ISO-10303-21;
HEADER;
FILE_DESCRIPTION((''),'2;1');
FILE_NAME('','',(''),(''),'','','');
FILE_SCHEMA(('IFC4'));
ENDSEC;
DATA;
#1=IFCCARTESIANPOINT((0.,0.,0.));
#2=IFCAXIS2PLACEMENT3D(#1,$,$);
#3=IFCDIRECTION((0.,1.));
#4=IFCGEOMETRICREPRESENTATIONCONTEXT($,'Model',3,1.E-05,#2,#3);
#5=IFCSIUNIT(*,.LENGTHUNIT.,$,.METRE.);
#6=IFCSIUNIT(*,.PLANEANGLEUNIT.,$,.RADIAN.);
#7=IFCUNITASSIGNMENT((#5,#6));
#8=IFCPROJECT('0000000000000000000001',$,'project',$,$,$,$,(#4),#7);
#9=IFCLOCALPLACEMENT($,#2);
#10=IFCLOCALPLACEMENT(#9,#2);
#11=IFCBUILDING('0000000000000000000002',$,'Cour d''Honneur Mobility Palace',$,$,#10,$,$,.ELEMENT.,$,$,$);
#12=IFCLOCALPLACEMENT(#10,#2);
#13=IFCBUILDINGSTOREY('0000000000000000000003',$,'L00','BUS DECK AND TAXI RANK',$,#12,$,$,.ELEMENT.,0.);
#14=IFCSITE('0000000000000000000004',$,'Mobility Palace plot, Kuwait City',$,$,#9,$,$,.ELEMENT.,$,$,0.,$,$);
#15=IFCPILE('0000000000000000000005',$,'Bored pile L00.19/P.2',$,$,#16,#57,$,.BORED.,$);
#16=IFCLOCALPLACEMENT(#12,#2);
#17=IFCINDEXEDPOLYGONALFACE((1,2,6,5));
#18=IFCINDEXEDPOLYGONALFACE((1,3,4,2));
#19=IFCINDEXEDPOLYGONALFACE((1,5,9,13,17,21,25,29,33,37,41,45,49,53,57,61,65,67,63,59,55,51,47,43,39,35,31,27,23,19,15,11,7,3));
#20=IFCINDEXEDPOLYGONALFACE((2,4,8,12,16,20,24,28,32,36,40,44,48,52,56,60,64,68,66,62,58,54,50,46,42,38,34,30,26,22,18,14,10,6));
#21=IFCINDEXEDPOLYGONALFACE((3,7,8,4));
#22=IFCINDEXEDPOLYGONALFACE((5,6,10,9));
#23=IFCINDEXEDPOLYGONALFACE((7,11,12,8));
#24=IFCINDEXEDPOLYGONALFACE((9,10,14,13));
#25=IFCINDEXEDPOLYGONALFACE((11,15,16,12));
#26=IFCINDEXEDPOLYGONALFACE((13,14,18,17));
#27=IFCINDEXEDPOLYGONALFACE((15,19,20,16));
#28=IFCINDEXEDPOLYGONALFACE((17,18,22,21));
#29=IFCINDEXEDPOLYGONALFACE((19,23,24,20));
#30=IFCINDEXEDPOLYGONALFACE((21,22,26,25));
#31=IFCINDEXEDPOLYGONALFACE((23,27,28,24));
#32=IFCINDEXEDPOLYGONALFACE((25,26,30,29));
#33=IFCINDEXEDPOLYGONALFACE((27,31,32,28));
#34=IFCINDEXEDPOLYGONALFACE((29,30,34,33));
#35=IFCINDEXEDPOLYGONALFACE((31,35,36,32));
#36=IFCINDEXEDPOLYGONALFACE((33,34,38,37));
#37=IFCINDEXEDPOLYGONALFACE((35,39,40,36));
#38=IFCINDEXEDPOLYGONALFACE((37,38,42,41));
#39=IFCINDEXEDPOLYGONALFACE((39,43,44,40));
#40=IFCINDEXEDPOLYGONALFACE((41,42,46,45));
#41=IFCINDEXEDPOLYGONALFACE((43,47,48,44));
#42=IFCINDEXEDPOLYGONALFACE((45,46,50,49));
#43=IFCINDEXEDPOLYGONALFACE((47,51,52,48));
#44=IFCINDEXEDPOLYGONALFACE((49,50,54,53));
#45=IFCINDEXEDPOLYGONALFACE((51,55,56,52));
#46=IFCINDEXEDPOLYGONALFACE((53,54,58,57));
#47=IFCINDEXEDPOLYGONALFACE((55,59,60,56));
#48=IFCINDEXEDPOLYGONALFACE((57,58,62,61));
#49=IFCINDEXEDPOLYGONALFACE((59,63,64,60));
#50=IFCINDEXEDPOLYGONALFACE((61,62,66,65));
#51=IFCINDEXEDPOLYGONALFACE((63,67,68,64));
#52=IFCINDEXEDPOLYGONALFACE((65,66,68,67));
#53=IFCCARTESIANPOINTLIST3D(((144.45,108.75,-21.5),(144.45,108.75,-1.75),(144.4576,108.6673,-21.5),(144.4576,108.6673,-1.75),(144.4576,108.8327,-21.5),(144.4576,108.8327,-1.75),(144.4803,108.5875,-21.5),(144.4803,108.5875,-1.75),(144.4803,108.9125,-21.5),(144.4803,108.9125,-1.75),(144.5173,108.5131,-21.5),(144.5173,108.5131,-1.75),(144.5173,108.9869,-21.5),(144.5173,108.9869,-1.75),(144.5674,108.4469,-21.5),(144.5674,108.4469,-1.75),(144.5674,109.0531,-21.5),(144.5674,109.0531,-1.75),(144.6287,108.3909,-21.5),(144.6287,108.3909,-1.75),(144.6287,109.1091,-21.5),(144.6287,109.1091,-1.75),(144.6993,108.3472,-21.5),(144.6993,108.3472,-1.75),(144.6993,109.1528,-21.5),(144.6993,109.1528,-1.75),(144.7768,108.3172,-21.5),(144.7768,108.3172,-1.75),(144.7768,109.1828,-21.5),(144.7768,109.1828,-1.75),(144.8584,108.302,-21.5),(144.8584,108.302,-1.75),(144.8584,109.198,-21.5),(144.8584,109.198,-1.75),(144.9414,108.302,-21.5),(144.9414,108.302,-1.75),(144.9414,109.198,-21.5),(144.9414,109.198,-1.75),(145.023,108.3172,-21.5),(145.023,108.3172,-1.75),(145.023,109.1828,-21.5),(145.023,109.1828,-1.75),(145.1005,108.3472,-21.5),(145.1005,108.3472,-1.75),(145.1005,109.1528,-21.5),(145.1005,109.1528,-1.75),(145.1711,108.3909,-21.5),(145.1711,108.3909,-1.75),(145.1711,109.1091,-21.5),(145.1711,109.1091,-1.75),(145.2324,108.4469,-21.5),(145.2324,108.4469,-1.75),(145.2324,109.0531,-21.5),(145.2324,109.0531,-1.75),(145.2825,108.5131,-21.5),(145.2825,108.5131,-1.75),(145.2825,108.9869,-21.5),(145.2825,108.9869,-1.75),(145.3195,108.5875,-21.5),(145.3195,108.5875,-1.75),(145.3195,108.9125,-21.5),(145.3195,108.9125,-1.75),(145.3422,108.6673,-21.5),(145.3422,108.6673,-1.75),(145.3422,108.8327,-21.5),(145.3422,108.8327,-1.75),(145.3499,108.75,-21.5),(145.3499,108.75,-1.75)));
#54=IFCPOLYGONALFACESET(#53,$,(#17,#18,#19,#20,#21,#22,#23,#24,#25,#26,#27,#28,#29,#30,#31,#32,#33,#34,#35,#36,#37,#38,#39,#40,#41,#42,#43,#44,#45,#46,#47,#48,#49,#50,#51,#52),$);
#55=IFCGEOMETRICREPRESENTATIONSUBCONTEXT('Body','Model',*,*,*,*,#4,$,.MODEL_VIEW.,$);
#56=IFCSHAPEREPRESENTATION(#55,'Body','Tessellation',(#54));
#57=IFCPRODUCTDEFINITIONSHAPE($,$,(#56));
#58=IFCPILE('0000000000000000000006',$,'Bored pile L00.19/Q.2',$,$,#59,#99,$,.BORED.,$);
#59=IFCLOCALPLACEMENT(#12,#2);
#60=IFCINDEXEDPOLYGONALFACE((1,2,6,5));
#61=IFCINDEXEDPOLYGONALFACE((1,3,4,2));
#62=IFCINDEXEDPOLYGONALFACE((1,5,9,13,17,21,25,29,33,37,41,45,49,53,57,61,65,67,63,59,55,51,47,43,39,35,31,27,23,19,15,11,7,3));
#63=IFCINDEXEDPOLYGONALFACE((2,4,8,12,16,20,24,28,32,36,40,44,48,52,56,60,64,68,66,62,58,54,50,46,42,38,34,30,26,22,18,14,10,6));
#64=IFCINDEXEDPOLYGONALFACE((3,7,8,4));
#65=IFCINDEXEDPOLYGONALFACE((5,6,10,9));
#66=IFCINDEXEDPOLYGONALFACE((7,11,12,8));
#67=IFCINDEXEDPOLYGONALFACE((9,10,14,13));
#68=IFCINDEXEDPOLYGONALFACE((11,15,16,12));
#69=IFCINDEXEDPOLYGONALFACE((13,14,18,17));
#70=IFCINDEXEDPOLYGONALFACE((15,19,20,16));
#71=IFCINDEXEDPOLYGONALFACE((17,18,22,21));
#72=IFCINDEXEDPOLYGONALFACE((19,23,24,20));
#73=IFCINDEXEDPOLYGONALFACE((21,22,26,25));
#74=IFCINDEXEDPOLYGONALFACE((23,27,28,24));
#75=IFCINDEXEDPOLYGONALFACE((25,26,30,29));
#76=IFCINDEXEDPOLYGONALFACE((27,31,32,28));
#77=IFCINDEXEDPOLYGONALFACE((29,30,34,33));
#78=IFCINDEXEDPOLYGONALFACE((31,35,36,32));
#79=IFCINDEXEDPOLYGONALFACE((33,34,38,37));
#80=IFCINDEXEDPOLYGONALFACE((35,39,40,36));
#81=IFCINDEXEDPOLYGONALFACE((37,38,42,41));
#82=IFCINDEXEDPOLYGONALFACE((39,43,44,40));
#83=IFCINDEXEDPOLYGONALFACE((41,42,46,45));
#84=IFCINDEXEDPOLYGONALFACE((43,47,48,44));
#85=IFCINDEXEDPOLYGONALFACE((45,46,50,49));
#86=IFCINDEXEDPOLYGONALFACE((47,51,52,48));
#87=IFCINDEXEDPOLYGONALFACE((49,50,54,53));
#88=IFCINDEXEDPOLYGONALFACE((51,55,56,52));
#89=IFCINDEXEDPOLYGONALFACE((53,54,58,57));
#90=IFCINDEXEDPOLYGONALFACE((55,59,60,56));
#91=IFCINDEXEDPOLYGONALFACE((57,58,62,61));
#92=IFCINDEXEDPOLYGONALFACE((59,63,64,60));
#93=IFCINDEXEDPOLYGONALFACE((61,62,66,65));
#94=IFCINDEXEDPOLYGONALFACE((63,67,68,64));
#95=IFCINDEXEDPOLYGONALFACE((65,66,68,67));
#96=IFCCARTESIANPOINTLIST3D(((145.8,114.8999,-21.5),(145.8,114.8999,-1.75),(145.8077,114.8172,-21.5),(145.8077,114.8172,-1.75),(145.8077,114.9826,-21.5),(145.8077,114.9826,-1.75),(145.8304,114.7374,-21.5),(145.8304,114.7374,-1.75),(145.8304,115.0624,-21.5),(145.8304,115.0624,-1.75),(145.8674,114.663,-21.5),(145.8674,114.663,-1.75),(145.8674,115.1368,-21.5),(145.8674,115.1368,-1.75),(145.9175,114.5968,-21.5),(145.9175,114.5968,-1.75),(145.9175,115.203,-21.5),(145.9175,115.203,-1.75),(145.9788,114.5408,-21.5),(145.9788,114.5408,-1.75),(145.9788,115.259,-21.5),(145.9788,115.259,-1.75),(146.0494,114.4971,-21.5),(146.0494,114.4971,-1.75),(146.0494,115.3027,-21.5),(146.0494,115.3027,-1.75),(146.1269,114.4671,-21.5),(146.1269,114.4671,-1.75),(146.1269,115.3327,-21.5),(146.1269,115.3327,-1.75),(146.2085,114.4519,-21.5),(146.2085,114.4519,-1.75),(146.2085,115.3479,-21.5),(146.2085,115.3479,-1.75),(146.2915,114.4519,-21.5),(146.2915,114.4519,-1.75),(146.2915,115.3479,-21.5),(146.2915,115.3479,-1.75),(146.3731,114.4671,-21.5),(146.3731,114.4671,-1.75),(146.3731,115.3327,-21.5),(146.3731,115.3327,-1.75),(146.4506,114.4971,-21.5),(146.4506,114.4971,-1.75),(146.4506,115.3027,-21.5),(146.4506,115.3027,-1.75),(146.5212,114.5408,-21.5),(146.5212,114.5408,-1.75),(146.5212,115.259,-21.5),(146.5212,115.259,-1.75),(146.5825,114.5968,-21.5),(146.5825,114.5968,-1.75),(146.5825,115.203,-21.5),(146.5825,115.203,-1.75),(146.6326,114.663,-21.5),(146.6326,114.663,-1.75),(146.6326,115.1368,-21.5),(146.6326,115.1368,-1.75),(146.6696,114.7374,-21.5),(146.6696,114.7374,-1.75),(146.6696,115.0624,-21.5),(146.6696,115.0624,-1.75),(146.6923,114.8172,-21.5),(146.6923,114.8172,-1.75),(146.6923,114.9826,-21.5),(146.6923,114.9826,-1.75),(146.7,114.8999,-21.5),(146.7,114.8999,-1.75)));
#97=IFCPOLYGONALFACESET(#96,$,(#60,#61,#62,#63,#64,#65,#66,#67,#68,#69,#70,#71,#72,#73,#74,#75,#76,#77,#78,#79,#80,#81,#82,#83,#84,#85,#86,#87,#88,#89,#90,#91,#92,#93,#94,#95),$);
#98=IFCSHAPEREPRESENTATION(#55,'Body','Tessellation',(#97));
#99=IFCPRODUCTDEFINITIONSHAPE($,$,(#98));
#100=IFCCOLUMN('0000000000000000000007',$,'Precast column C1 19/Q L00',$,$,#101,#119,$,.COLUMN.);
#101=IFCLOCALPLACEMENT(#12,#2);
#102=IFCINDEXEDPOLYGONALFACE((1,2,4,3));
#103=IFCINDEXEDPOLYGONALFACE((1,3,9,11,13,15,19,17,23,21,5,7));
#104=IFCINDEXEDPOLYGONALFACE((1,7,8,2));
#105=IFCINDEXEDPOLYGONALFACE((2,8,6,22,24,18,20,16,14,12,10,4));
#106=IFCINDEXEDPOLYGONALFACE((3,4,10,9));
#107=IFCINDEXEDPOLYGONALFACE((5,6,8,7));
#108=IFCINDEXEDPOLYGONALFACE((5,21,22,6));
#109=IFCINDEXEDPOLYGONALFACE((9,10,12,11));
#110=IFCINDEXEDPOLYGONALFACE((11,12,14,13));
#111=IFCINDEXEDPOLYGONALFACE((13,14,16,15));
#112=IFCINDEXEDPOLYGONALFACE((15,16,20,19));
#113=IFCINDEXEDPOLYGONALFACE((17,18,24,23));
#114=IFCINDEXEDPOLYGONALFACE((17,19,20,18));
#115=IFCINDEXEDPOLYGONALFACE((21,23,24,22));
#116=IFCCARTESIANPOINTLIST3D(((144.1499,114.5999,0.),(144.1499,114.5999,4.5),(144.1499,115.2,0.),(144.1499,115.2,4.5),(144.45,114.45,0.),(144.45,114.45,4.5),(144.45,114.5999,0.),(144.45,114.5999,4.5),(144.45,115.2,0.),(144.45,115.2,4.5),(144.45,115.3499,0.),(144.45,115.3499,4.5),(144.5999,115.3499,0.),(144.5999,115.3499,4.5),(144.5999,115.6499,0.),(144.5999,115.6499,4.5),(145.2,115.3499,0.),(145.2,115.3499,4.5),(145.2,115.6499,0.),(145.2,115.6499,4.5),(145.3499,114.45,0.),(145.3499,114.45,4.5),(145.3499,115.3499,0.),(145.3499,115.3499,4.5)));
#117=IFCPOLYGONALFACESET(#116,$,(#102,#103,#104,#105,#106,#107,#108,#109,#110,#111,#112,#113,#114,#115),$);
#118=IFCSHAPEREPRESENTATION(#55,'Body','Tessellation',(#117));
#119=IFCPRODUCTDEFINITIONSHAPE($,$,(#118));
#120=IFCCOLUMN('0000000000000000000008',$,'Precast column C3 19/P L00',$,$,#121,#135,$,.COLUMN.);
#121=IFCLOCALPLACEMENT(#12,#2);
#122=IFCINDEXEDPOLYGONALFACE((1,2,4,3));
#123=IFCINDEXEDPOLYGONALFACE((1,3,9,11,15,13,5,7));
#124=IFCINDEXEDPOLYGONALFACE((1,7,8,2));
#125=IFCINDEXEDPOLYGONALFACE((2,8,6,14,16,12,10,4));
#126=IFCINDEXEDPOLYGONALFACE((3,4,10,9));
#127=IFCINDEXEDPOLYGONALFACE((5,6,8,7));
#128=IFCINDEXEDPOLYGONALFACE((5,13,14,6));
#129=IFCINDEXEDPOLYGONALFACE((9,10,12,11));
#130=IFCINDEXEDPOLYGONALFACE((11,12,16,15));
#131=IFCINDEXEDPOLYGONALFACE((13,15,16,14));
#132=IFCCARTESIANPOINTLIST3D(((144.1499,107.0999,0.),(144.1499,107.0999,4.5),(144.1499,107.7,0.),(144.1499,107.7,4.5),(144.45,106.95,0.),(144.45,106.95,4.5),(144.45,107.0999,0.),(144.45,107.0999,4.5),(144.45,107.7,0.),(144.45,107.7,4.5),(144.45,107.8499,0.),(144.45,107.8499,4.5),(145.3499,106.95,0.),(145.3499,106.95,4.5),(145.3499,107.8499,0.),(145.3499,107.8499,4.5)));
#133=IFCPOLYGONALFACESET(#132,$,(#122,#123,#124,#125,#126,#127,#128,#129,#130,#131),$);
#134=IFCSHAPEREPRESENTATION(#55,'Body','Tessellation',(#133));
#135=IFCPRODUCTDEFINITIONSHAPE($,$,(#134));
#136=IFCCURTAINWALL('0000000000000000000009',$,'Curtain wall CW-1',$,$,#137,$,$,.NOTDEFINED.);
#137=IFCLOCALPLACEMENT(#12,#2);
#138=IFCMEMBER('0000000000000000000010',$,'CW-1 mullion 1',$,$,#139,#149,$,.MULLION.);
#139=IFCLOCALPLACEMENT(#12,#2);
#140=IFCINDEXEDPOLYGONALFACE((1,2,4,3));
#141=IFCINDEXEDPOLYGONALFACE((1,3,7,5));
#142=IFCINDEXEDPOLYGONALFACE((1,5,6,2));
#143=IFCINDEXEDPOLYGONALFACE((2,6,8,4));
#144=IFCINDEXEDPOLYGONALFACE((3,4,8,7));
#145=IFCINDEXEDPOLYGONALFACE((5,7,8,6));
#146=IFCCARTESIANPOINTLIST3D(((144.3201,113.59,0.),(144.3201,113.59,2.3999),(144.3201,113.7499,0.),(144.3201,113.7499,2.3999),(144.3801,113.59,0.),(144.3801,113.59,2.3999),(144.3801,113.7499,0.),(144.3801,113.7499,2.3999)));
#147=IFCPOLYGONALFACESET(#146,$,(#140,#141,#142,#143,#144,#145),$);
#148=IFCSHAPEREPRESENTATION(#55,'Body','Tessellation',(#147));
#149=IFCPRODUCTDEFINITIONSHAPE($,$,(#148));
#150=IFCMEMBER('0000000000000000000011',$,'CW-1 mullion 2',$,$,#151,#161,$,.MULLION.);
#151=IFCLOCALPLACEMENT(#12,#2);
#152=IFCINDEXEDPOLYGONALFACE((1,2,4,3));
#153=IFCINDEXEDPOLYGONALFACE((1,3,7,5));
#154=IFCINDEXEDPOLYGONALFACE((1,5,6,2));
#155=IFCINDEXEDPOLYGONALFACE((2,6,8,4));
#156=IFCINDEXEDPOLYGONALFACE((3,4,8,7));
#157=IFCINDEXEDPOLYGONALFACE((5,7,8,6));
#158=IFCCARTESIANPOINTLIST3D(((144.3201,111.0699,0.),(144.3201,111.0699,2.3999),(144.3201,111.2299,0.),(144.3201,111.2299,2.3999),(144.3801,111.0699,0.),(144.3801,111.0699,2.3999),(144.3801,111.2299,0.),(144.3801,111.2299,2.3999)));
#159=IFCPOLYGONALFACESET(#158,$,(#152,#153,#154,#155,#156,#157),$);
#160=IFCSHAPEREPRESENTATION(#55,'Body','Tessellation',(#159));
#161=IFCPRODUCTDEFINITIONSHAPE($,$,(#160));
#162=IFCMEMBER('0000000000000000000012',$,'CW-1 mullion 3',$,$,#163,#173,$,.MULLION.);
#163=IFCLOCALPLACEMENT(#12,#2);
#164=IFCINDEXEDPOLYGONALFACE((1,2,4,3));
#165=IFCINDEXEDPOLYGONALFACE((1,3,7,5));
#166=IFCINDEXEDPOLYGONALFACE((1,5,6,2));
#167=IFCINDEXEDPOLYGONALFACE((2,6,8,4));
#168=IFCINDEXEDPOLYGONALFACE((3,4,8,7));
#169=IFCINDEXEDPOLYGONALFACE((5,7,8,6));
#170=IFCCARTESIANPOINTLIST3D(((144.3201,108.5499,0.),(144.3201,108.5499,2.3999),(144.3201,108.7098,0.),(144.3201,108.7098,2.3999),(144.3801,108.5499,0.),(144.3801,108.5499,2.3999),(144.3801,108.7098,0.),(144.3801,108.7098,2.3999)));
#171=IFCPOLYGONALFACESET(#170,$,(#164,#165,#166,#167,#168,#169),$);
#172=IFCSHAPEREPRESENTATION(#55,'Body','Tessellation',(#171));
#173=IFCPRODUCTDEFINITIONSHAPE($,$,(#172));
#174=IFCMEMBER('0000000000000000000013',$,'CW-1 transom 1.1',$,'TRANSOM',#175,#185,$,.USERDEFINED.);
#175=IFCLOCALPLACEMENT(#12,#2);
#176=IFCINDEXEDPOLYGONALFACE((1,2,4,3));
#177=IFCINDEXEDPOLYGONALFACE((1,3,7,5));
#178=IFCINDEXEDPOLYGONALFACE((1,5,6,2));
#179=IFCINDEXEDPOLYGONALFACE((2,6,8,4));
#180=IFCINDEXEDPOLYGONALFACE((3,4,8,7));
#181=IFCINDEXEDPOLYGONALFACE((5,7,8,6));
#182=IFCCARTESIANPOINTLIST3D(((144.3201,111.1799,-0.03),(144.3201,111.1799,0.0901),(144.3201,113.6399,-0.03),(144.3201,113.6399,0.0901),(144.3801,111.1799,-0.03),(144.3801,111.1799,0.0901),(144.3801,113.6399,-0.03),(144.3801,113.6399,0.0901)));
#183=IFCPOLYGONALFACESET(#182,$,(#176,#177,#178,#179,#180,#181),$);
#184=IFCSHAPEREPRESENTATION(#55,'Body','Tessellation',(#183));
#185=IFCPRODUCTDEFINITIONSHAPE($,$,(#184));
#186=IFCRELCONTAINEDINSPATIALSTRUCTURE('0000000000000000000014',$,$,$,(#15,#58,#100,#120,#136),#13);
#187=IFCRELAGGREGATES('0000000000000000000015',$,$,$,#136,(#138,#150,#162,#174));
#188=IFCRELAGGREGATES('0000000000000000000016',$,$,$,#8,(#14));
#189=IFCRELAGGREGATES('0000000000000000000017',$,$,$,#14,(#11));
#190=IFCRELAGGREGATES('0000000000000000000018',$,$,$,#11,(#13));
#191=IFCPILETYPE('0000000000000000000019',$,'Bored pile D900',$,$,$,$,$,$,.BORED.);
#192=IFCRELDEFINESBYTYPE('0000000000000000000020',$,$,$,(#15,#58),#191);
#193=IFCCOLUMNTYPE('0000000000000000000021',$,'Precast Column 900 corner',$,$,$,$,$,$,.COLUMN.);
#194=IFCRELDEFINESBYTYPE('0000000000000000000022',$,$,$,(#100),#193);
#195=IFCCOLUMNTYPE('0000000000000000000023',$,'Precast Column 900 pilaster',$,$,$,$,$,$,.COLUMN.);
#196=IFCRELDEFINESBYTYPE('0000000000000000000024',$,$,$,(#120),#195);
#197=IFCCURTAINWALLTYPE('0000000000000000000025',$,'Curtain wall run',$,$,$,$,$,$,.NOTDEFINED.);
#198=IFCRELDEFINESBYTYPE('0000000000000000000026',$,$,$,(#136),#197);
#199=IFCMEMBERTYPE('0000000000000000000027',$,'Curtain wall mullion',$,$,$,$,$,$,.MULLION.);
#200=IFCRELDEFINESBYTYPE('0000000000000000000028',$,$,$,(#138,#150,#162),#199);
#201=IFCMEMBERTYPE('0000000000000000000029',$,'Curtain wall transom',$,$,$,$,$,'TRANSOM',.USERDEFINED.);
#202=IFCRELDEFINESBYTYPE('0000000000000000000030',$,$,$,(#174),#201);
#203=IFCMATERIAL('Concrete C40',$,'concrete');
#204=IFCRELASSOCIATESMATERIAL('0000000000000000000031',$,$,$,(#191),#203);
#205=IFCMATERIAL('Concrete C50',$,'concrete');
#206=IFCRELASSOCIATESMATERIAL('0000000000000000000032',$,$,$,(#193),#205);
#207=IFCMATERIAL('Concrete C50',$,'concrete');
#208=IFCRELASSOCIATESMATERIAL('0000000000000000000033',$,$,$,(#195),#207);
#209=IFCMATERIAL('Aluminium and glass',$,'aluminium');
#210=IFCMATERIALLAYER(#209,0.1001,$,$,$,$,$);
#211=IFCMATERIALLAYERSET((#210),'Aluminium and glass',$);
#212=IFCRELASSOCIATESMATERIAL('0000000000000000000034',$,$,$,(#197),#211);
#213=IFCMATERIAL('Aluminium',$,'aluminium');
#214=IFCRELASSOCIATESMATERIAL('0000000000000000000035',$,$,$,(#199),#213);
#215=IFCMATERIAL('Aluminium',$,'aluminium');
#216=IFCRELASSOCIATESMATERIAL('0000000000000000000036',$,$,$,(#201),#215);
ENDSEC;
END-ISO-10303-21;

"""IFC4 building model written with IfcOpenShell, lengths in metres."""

from ifc_helpers import new_model, si_unit, direction, frame, origin, origin_2d, place, context, subcontext, project, spatial, polyline, rectangle, circle, outline, extrude, material, layer, layer_set, material_profile, profile_set, type_object, element, aggregate, save


model = new_model("IFC4")

# Units and contexts
model_context = context("Model", 3, precision=1e-05, world=origin(), true_north=direction((0.0, 1.0)))
body_context = subcontext(model_context, "Body", "Model", "MODEL_VIEW")
ifc_project = project(units=[si_unit("LENGTHUNIT", "METRE"), si_unit("PLANEANGLEUNIT", "RADIAN")], contexts=[model_context])

# Site, building, storey
site_placement = place(None, origin())
site = spatial("IfcSite", under=ifc_project, at=site_placement, Name="Mobility Palace plot, Kuwait City", CompositionType="ELEMENT", RefElevation=0.0)
building_placement = place(site_placement, origin())
building = spatial("IfcBuilding", under=site, at=building_placement, Name="Cour d'Honneur Mobility Palace", CompositionType="ELEMENT")
storey_placement = place(building_placement, origin())
storey = spatial("IfcBuildingStorey", under=building, at=storey_placement, Name="L00", Description="BUS DECK AND TAXI RANK", CompositionType="ELEMENT", Elevation=0.0)

# Piles
ifc_material_1 = material(Name="Concrete C40", Category="concrete")
ifc_material_profile_1 = material_profile(ifc_material_1, circle(Radius=0.45, at=origin_2d()), Name="Bored pile D900")
ifc_profile_set_1 = profile_set([ifc_material_profile_1], Name="Concrete C40")
pile_type = type_object("IfcPileType", Name="Bored pile D900", PredefinedType="BORED", material=ifc_profile_set_1)
for number, where, z_axis, x_axis, name in (
    (1, (144.8999, 108.75, -1.75), (0.0, 0.0, -1.0), (1.0, 0.0, 0.0), "Bored pile L00.19/P.2"),
    (2, (146.25, 114.8999, -1.75), (0.0, 0.0, -1.0), (1.0, 0.0, 0.0), "Bored pile L00.19/Q.2"),
):
    element("IfcPile", number, at=place(storey_placement, frame(where, z_axis=z_axis, x_axis=x_axis)), inside=storey, type_object=pile_type, Name=name, PredefinedType="BORED", context=body_context, shape_type="SweptSolid", body=[
        extrude(circle(Radius=0.45, at=origin_2d()), origin(), (0.0, 0.0, 1.0), 19.75),
    ])

# Columns
ifc_material_2 = material(Name="Concrete C50", Category="concrete")
ifc_material_profile_2 = material_profile(ifc_material_2, outline(polyline([(-0.45, -0.45), (0.45, -0.45), (0.45, -0.3), (0.75, -0.3), (0.75, 0.3), (0.45, 0.3), (0.45, 0.45), (0.3, 0.45), (0.3, 0.75), (-0.3, 0.75), (-0.3, 0.45), (-0.45, 0.45), (-0.45, -0.45)])), Name="PC C900 corner")
ifc_profile_set_2 = profile_set([ifc_material_profile_2], Name="Concrete C50")
column_type_1 = type_object("IfcColumnType", Name="Precast Column 900 corner", PredefinedType="COLUMN", material=ifc_profile_set_2)
column_1_placement = place(storey_placement, frame((144.8999, 114.8999, 0.0), z_axis=(0.0, 0.0, 1.0), x_axis=(0.0, 1.0, 0.0)))
element("IfcColumn", 3, at=column_1_placement, inside=storey, type_object=column_type_1, Name="Precast column C1 19/Q L00", PredefinedType="COLUMN", context=body_context, shape_type="SweptSolid", body=[
    extrude(outline(polyline([(-0.45, -0.45), (0.45, -0.45), (0.45, -0.3), (0.75, -0.3), (0.75, 0.3), (0.45, 0.3), (0.45, 0.45), (0.3, 0.45), (0.3, 0.75), (-0.3, 0.75), (-0.3, 0.45), (-0.45, 0.45), (-0.45, -0.45)])), origin(), (0.0, 0.0, 1.0), 4.5),
])
ifc_material_3 = material(Name="Concrete C50", Category="concrete")
ifc_material_profile_3 = material_profile(ifc_material_3, outline(polyline([(-0.45, -0.45), (0.45, -0.45), (0.45, -0.3), (0.75, -0.3), (0.75, 0.3), (0.45, 0.3), (0.45, 0.45), (-0.45, 0.45), (-0.45, -0.45)])), Name="PC C900 pilaster")
ifc_profile_set_3 = profile_set([ifc_material_profile_3], Name="Concrete C50")
column_type_2 = type_object("IfcColumnType", Name="Precast Column 900 pilaster", PredefinedType="COLUMN", material=ifc_profile_set_3)
column_2_placement = place(storey_placement, frame((144.8999, 107.3999, 0.0), z_axis=(0.0, 0.0, 1.0), x_axis=(-1.0, 0.0, 0.0)))
element("IfcColumn", 4, at=column_2_placement, inside=storey, type_object=column_type_2, Name="Precast column C3 19/P L00", PredefinedType="COLUMN", context=body_context, shape_type="SweptSolid", body=[
    extrude(outline(polyline([(-0.45, -0.45), (0.45, -0.45), (0.45, -0.3), (0.75, -0.3), (0.75, 0.3), (0.45, 0.3), (0.45, 0.45), (-0.45, 0.45), (-0.45, -0.45)])), origin(), (0.0, 0.0, 1.0), 4.5),
])

# Curtain wall, members
ifc_material_4 = material(Name="Aluminium and glass", Category="aluminium")
ifc_layer_1 = layer(ifc_material_4, 0.1001)
ifc_layer_set_1 = layer_set([ifc_layer_1], Name="Aluminium and glass")
curtain_wall_type = type_object("IfcCurtainWallType", Name="Curtain wall run", PredefinedType="NOTDEFINED", material=ifc_layer_set_1)
curtain_wall_placement = place(storey_placement, origin())
curtain_wall = element("IfcCurtainWall", 5, at=curtain_wall_placement, inside=storey, type_object=curtain_wall_type, Name="Curtain wall CW-1", PredefinedType="NOTDEFINED")
ifc_material_5 = material(Name="Aluminium", Category="aluminium")
ifc_material_profile_4 = material_profile(ifc_material_5, rectangle(XDim=0.0601, YDim=0.1599, at=origin_2d()), Name="Curtain wall mullion")
ifc_profile_set_4 = profile_set([ifc_material_profile_4], Name="Aluminium")
member_type_1 = type_object("IfcMemberType", Name="Curtain wall mullion", PredefinedType="MULLION", material=ifc_profile_set_4)
member_1_placement = place(storey_placement, frame((144.3501, 113.6699, 0.0), z_axis=(0.0, 0.0, 1.0), x_axis=(1.0, 0.0, 0.0)))
member_1 = element("IfcMember", 6, at=member_1_placement, type_object=member_type_1, Name="CW-1 mullion 1", PredefinedType="MULLION", context=body_context, shape_type="SweptSolid", body=[
    extrude(rectangle(XDim=0.0601, YDim=0.1599, at=origin_2d()), origin(), (0.0, 0.0, 1.0), 2.3999),
])
member_2_placement = place(storey_placement, frame((144.3501, 111.1499, 0.0), z_axis=(0.0, 0.0, 1.0), x_axis=(1.0, 0.0, 0.0)))
member_2 = element("IfcMember", 7, at=member_2_placement, type_object=member_type_1, Name="CW-1 mullion 2", PredefinedType="MULLION", context=body_context, shape_type="SweptSolid", body=[
    extrude(rectangle(XDim=0.0601, YDim=0.1599, at=origin_2d()), origin(), (0.0, 0.0, 1.0), 2.3999),
])
member_3_placement = place(storey_placement, frame((144.3501, 108.6299, 0.0), z_axis=(0.0, 0.0, 1.0), x_axis=(1.0, 0.0, 0.0)))
member_3 = element("IfcMember", 8, at=member_3_placement, type_object=member_type_1, Name="CW-1 mullion 3", PredefinedType="MULLION", context=body_context, shape_type="SweptSolid", body=[
    extrude(rectangle(XDim=0.0601, YDim=0.1599, at=origin_2d()), origin(), (0.0, 0.0, 1.0), 2.3999),
])
ifc_material_6 = material(Name="Aluminium", Category="aluminium")
ifc_material_profile_5 = material_profile(ifc_material_6, rectangle(XDim=0.0601, YDim=0.1201, at=origin_2d()), Name="Curtain wall transom")
ifc_profile_set_5 = profile_set([ifc_material_profile_5], Name="Aluminium")
member_type_2 = type_object("IfcMemberType", Name="Curtain wall transom", ElementType="TRANSOM", PredefinedType="USERDEFINED", material=ifc_profile_set_5)
member_4_placement = place(storey_placement, frame((144.3501, 113.6399, 0.03), z_axis=(0.0, -1.0, 0.0), x_axis=(1.0, 0.0, 0.0)))
member_4 = element("IfcMember", 9, at=member_4_placement, type_object=member_type_2, Name="CW-1 transom 1.1", ObjectType="TRANSOM", PredefinedType="USERDEFINED", context=body_context, shape_type="SweptSolid", body=[
    extrude(rectangle(XDim=0.0601, YDim=0.1201, at=origin_2d()), origin(), (0.0, 0.0, 1.0), 2.46),
])
aggregate(curtain_wall, [member_1, member_2, member_3, member_4])

save(model, "model.ifc")
